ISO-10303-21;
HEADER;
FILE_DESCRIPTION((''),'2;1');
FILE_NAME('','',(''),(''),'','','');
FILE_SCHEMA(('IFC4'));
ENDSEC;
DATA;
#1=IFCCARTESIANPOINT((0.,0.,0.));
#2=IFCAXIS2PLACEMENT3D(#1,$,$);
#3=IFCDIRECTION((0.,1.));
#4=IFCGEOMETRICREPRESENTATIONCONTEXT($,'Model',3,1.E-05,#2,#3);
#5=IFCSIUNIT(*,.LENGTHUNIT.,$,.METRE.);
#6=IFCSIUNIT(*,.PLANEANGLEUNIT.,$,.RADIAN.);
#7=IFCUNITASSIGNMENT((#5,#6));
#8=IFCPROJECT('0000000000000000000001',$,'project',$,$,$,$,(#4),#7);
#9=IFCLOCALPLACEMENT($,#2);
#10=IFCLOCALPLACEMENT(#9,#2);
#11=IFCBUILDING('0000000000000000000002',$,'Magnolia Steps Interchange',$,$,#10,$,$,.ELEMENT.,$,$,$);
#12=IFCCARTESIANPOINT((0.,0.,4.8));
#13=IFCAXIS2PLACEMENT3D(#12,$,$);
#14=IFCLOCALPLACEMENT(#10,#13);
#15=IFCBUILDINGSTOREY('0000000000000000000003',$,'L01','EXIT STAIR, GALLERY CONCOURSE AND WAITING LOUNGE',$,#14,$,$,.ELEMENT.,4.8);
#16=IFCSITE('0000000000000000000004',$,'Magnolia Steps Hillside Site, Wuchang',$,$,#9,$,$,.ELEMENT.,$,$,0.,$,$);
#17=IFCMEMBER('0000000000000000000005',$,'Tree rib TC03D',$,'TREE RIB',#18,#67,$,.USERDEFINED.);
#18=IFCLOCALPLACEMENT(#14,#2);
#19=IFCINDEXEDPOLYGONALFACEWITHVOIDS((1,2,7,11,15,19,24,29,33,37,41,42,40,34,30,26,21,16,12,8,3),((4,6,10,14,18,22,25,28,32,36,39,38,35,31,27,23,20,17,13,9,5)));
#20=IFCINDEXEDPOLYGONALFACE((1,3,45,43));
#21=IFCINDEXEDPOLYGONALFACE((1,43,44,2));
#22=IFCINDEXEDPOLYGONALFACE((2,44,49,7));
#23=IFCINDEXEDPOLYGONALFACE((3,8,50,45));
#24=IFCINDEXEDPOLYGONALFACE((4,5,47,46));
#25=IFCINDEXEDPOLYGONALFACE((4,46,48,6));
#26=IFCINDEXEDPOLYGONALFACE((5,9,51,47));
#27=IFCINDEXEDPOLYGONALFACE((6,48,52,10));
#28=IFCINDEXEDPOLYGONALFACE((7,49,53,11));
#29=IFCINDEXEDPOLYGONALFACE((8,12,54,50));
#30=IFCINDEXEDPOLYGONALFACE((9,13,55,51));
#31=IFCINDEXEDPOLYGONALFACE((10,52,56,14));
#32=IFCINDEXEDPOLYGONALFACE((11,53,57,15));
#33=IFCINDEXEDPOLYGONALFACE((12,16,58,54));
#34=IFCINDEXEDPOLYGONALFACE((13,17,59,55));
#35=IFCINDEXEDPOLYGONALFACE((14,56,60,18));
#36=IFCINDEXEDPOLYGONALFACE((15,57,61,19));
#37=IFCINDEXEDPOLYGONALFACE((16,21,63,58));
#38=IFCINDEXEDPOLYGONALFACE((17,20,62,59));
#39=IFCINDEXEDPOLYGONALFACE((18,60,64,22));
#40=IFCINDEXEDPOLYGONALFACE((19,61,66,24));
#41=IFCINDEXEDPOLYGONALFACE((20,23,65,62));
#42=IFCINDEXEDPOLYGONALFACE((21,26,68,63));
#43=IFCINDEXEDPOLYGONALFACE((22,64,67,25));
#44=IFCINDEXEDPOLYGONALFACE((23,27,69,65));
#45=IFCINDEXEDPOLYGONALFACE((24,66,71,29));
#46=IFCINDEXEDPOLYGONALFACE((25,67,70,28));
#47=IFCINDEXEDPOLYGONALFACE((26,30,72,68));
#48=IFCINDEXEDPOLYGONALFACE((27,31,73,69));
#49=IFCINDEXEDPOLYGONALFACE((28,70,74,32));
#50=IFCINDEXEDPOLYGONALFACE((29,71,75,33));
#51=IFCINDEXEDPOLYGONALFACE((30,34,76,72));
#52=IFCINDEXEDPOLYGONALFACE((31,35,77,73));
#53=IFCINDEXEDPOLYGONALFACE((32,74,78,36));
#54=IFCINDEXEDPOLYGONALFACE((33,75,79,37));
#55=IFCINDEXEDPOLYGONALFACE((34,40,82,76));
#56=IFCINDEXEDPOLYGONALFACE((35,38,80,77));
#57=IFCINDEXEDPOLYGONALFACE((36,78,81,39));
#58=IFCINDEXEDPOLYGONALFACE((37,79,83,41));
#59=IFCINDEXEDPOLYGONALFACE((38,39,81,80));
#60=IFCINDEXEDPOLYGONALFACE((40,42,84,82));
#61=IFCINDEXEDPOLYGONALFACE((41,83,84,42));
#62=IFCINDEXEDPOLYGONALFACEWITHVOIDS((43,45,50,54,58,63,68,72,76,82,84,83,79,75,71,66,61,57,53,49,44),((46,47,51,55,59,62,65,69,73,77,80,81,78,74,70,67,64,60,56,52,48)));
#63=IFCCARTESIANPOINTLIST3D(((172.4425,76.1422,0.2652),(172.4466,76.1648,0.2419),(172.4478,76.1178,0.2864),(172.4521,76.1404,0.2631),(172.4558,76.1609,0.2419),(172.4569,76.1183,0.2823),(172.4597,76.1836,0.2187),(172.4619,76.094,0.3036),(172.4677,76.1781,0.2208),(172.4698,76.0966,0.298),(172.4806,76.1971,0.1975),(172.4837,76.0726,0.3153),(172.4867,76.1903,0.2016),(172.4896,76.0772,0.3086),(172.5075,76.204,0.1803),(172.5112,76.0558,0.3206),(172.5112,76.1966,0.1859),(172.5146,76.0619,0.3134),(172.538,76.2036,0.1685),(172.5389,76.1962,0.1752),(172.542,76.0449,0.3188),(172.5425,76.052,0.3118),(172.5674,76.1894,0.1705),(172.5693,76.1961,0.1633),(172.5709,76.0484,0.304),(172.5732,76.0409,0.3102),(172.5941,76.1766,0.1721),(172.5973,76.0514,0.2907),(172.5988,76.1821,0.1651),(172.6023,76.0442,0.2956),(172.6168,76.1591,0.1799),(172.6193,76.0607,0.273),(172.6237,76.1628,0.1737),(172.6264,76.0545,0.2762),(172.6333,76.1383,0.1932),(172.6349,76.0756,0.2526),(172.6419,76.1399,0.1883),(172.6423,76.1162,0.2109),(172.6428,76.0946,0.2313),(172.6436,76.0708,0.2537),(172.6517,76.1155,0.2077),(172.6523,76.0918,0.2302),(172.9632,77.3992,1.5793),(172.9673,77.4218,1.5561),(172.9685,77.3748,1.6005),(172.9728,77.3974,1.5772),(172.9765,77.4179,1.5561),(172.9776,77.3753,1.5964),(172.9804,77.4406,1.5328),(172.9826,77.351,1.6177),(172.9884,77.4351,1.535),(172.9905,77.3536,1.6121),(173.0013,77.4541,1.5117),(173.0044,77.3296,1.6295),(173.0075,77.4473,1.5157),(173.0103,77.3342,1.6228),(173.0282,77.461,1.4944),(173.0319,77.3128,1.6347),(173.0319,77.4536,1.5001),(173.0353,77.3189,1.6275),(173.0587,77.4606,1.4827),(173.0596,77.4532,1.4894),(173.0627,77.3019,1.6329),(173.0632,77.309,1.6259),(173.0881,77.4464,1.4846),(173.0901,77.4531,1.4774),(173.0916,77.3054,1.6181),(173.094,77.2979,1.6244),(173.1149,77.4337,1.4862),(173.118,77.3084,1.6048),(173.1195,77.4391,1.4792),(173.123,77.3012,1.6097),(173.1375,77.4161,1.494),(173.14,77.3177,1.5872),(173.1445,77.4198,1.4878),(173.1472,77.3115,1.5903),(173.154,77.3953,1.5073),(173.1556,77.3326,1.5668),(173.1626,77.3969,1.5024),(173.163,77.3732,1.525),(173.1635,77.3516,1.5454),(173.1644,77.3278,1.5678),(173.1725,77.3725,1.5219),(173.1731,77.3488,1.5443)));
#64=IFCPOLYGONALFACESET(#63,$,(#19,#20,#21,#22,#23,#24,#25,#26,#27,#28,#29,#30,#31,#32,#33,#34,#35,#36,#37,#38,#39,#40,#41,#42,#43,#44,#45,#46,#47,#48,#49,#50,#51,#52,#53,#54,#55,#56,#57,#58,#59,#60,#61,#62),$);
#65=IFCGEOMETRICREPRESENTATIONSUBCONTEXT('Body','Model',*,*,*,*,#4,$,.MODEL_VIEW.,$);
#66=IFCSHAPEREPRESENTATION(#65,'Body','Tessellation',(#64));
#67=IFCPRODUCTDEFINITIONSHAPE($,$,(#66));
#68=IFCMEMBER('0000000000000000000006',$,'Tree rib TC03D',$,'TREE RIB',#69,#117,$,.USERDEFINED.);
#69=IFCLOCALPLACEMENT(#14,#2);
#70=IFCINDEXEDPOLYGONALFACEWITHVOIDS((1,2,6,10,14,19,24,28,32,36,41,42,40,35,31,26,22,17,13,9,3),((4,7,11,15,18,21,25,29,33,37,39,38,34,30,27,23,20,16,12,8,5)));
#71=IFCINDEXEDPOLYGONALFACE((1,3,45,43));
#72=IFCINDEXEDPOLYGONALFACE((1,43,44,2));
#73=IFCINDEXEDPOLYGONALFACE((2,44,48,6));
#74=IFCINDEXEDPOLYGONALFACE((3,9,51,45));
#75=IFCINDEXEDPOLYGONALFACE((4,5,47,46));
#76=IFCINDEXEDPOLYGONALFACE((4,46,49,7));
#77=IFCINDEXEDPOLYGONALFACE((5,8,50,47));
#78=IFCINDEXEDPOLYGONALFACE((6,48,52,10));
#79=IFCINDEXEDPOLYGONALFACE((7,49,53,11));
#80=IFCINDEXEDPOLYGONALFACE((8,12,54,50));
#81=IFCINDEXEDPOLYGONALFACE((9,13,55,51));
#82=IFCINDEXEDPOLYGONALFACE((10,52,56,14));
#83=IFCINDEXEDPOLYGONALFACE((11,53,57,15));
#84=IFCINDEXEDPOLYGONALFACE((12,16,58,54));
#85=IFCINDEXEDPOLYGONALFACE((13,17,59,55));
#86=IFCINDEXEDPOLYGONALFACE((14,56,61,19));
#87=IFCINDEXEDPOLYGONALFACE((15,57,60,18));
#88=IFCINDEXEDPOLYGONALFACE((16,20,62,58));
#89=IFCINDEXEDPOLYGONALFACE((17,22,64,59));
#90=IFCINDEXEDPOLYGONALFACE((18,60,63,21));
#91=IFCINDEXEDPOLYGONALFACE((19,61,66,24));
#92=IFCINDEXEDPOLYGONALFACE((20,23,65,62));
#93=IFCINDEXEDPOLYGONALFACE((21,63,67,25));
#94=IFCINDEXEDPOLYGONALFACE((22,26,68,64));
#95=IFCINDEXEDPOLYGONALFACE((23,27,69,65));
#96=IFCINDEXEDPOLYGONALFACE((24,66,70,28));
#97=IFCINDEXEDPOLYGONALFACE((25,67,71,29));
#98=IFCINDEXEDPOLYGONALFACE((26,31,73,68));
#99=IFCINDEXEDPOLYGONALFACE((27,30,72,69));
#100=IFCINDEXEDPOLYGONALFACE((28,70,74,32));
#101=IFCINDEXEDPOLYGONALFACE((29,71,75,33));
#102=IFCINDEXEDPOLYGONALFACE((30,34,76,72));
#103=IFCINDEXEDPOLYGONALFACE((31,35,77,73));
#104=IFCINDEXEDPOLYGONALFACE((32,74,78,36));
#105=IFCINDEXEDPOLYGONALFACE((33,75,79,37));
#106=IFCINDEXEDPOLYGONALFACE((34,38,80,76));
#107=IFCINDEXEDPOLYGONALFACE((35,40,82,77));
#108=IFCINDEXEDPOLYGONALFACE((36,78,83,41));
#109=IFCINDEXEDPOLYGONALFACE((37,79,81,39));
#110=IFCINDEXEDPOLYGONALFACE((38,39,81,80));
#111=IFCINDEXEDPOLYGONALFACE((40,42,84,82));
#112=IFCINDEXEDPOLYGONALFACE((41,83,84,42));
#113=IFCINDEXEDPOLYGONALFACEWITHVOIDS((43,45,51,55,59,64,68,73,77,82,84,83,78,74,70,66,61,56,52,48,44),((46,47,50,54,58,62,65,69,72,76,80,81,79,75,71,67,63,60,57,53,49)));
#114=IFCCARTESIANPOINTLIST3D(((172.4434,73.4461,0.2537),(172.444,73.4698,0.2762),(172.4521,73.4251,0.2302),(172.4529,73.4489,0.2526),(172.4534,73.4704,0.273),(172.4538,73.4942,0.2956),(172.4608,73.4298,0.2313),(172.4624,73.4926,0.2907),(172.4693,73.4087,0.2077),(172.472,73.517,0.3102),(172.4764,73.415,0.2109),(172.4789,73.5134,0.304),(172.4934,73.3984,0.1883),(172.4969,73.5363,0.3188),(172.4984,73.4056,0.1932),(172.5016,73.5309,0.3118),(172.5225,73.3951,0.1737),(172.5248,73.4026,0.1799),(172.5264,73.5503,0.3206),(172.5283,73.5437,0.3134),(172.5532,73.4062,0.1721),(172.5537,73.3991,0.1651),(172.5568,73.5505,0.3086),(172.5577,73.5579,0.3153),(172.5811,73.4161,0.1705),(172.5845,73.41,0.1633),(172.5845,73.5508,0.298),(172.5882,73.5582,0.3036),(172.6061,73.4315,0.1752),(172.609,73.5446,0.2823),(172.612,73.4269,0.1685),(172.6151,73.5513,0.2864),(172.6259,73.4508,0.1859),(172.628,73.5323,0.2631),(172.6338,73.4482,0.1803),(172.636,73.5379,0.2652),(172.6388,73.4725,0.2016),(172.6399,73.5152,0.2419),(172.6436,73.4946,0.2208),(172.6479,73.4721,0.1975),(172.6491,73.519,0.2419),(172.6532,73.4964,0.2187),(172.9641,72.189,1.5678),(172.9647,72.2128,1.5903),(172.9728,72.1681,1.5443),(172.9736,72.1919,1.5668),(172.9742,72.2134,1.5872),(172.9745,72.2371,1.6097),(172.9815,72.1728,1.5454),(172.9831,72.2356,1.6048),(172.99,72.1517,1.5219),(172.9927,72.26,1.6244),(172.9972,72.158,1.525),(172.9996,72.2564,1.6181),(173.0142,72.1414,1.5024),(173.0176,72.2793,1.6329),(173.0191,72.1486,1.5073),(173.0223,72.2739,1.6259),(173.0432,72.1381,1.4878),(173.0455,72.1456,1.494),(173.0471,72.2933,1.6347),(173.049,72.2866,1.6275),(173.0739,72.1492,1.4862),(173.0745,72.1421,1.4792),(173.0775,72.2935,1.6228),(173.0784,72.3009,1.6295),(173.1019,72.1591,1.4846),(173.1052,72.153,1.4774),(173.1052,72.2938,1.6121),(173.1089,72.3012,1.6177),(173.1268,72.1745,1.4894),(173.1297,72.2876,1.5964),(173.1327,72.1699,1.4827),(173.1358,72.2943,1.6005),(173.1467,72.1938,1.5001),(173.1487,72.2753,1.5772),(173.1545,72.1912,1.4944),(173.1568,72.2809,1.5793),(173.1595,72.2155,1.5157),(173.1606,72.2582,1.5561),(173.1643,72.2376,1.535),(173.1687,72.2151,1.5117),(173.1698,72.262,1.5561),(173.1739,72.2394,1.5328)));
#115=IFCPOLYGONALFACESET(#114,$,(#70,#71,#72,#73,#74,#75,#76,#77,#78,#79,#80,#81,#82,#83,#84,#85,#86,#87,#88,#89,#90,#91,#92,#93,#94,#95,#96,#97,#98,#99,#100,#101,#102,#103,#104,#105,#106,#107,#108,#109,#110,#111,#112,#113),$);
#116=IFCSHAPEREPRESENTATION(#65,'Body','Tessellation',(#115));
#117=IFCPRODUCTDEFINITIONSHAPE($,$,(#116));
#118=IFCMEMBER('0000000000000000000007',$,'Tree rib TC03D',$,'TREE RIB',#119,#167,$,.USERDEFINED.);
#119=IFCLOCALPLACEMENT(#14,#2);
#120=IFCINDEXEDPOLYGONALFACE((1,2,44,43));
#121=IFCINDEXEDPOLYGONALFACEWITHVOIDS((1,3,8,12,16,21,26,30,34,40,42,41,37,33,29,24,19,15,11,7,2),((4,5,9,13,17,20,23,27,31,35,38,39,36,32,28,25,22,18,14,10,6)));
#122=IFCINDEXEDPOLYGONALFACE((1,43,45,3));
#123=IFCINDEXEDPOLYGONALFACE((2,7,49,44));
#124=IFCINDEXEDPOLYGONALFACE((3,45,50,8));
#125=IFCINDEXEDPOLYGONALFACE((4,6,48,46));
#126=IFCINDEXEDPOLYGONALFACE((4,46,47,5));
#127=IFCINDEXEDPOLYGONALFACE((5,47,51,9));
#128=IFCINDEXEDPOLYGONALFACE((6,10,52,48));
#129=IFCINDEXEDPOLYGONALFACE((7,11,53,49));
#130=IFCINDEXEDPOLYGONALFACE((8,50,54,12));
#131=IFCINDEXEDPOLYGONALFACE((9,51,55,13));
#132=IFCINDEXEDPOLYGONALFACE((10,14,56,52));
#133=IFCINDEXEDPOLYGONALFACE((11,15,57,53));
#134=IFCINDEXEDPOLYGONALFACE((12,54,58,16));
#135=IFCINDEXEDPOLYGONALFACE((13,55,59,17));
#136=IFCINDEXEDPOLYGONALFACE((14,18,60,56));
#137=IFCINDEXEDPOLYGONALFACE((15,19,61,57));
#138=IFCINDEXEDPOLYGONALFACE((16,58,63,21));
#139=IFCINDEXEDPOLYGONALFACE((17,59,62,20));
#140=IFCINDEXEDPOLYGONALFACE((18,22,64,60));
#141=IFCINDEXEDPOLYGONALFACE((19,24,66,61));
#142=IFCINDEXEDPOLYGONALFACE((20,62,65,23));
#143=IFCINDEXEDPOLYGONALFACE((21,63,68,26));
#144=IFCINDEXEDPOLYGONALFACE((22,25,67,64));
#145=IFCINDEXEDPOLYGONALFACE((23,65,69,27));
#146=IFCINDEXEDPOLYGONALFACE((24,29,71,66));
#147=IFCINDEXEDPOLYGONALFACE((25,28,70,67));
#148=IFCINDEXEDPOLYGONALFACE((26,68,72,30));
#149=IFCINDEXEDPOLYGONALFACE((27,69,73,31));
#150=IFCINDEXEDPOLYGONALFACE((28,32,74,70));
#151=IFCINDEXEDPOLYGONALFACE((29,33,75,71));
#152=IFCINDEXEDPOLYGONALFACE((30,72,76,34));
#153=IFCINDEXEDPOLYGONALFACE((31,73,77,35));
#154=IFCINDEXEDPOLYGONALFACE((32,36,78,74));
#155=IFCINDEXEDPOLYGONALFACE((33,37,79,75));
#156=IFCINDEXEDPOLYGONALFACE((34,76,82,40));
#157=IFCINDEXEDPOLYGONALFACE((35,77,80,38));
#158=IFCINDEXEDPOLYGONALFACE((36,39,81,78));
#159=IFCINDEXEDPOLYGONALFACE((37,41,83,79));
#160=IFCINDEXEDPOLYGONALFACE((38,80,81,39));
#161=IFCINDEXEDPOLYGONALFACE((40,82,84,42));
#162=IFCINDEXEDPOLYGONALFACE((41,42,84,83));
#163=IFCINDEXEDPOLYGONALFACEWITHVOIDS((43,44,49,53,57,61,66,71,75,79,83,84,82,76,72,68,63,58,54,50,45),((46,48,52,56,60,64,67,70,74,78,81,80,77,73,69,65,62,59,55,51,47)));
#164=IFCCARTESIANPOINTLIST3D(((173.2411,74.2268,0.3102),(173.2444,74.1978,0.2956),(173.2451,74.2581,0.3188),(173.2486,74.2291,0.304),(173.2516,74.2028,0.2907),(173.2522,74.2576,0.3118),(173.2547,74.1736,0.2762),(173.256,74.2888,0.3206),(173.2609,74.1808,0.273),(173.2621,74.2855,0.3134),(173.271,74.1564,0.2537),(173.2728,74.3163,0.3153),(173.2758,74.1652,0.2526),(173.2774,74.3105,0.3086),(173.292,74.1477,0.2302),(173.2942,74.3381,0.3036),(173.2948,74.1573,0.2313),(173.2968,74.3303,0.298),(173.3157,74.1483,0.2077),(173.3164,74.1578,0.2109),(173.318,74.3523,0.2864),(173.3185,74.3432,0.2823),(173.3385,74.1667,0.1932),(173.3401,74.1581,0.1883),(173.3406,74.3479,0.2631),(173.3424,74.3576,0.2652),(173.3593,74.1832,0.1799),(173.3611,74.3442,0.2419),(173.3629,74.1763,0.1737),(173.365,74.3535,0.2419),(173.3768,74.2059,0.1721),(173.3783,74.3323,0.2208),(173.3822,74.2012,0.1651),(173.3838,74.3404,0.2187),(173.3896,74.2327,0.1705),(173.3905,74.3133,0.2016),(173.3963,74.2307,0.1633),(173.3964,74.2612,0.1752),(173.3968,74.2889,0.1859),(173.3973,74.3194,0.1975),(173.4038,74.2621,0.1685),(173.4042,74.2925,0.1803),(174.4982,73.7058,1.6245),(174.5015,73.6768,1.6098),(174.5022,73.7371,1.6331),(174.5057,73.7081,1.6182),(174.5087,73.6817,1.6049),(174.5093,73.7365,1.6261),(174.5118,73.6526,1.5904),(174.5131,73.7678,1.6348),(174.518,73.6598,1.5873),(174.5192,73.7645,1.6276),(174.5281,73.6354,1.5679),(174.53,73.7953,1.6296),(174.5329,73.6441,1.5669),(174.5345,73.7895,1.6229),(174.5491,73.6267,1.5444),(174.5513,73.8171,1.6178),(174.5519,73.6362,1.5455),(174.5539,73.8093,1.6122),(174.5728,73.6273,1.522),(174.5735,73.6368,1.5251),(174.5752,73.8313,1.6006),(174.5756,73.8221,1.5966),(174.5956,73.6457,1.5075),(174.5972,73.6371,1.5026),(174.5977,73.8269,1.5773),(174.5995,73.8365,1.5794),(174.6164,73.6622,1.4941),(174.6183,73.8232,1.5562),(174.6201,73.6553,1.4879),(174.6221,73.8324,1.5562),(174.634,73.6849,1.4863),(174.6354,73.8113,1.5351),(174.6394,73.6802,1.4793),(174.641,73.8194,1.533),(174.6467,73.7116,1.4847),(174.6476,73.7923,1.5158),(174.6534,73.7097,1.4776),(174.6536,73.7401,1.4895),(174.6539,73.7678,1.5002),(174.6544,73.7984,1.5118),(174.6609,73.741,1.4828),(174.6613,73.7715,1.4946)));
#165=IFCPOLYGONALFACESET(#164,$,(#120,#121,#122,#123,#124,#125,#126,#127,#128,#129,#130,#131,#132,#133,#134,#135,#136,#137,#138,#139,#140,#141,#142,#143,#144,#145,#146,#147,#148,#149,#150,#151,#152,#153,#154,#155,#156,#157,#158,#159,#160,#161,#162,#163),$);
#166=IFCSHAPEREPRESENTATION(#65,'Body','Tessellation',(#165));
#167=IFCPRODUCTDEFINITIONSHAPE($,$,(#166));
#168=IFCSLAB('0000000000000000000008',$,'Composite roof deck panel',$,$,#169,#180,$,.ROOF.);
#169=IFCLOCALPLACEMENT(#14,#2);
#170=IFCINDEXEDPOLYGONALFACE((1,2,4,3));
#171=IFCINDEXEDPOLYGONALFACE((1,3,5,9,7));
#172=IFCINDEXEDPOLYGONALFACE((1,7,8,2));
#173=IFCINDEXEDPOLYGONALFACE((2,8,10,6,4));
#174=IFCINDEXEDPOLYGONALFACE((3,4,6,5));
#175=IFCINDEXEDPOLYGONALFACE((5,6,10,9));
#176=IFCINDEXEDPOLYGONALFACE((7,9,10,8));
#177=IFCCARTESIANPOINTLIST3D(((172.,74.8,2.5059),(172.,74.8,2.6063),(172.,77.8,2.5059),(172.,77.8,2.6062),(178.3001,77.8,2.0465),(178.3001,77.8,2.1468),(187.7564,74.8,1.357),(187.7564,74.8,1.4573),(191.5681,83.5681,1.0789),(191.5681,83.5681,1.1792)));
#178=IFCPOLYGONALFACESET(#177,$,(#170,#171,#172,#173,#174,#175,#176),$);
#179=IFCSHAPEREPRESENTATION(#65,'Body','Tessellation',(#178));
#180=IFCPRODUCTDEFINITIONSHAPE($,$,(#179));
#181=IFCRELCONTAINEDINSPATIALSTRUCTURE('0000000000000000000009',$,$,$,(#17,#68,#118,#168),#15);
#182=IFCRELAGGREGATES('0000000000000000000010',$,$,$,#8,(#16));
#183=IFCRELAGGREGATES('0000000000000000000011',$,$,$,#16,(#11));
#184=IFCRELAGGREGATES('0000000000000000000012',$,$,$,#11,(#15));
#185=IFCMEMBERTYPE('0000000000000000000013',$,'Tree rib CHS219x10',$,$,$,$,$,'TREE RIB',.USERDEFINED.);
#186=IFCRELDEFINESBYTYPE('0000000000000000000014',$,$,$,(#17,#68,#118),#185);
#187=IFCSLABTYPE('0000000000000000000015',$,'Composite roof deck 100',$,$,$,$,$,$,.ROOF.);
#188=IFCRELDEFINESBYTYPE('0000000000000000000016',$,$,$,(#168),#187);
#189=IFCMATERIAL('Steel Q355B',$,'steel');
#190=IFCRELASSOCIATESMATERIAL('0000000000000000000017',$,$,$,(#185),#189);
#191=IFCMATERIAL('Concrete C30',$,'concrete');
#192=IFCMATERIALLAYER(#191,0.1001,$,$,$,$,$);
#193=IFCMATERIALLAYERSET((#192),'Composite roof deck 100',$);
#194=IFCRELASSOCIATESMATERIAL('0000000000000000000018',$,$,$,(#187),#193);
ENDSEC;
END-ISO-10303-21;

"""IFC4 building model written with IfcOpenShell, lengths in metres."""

from ifc_helpers import new_model, si_unit, direction, frame, origin, origin_2d, place, context, subcontext, project, spatial, polyline, hollow_circle, outline, extrude, material, layer, layer_set, material_profile, profile_set, type_object, element, save


model = new_model("IFC4")

# Units and contexts
model_context = context("Model", 3, precision=1e-05, world=origin(), true_north=direction((0.0, 1.0)))
body_context = subcontext(model_context, "Body", "Model", "MODEL_VIEW")
ifc_project = project(units=[si_unit("LENGTHUNIT", "METRE"), si_unit("PLANEANGLEUNIT", "RADIAN")], contexts=[model_context])

# Site, building, storey
site_placement = place(None, origin())
site = spatial("IfcSite", under=ifc_project, at=site_placement, Name="Magnolia Steps Hillside Site, Wuchang", CompositionType="ELEMENT", RefElevation=0.0)
building_placement = place(site_placement, origin())
building = spatial("IfcBuilding", under=site, at=building_placement, Name="Magnolia Steps Interchange", CompositionType="ELEMENT")
storey_placement = place(building_placement, frame((0.0, 0.0, 4.8)))
storey = spatial("IfcBuildingStorey", under=building, at=storey_placement, Name="L01", Description="EXIT STAIR, GALLERY CONCOURSE AND WAITING LOUNGE", CompositionType="ELEMENT", Elevation=4.8)

# Members
ifc_material_1 = material(Name="Steel Q355B", Category="steel")
ifc_material_profile_1 = material_profile(ifc_material_1, hollow_circle(Radius=0.1096, WallThickness=0.01, at=origin_2d()), Name="CHS219x10")
ifc_profile_set_1 = profile_set([ifc_material_profile_1], Name="Steel Q355B")
member_type = type_object("IfcMemberType", Name="Tree rib CHS219x10", ElementType="TREE RIB", PredefinedType="USERDEFINED", material=ifc_profile_set_1)
for number, where, z_axis, x_axis, name in (
    (1, (172.5479, 76.1228, 0.2419), (0.275281, 0.664519, 0.694719), (-0.923866, 0.382716, 0.0), "Tree rib TC03D"),
    (2, (172.5479, 73.4771, 0.2419), (0.275281, -0.664519, 0.694719), (0.923866, 0.382716, 0.0), "Tree rib TC03D"),
):
    element("IfcMember", number, at=place(storey_placement, frame(where, z_axis=z_axis, x_axis=x_axis)), inside=storey, type_object=member_type, Name=name, ObjectType="TREE RIB", PredefinedType="USERDEFINED", context=body_context, shape_type="SweptSolid", body=[
        extrude(hollow_circle(Radius=0.1096, WallThickness=0.01, at=origin_2d()), origin(), (0.0, 0.0, 1.0), 1.8916),
    ])
member_placement = place(storey_placement, frame((173.323, 74.2522, 0.2419), z_axis=(0.664496, -0.2754, 0.694694), x_axis=(0.382869, 0.923802, 0.0)))
element("IfcMember", 3, at=member_placement, inside=storey, type_object=member_type, Name="Tree rib TC03D", ObjectType="TREE RIB", PredefinedType="USERDEFINED", context=body_context, shape_type="SweptSolid", body=[
    extrude(hollow_circle(Radius=0.1096, WallThickness=0.01, at=origin_2d()), origin(), (0.0, 0.0, 1.0), 1.8918),
])

# Slab
ifc_material_2 = material(Name="Concrete C30", Category="concrete")
ifc_layer_1 = layer(ifc_material_2, 0.1001)
ifc_layer_set_1 = layer_set([ifc_layer_1], Name="Composite roof deck 100")
slab_type_1 = type_object("IfcSlabType", Name="Composite roof deck 100", PredefinedType="ROOF", material=ifc_layer_set_1)
slab_1_placement = place(storey_placement, frame((172.0, 77.8, 2.6062), z_axis=(0.072725, 0.000018, 0.997352), x_axis=(0.000001, -1.0, 0.000018)))
element("IfcSlab", 4, at=slab_1_placement, inside=storey, type_object=slab_type_1, Name="Composite roof deck panel", PredefinedType="ROOF", context=body_context, shape_type="SweptSolid", body=[
    extrude(outline(polyline([(0.0, 0.0), (3.0, 0.0), (3.0, 15.7982), (-5.7681, 19.6201), (0.0, 6.3168), (0.0, 0.0)])), origin(), (-0.000018, 0.072725, -0.997352), 0.1003),
])

save(model, "model.ifc")
